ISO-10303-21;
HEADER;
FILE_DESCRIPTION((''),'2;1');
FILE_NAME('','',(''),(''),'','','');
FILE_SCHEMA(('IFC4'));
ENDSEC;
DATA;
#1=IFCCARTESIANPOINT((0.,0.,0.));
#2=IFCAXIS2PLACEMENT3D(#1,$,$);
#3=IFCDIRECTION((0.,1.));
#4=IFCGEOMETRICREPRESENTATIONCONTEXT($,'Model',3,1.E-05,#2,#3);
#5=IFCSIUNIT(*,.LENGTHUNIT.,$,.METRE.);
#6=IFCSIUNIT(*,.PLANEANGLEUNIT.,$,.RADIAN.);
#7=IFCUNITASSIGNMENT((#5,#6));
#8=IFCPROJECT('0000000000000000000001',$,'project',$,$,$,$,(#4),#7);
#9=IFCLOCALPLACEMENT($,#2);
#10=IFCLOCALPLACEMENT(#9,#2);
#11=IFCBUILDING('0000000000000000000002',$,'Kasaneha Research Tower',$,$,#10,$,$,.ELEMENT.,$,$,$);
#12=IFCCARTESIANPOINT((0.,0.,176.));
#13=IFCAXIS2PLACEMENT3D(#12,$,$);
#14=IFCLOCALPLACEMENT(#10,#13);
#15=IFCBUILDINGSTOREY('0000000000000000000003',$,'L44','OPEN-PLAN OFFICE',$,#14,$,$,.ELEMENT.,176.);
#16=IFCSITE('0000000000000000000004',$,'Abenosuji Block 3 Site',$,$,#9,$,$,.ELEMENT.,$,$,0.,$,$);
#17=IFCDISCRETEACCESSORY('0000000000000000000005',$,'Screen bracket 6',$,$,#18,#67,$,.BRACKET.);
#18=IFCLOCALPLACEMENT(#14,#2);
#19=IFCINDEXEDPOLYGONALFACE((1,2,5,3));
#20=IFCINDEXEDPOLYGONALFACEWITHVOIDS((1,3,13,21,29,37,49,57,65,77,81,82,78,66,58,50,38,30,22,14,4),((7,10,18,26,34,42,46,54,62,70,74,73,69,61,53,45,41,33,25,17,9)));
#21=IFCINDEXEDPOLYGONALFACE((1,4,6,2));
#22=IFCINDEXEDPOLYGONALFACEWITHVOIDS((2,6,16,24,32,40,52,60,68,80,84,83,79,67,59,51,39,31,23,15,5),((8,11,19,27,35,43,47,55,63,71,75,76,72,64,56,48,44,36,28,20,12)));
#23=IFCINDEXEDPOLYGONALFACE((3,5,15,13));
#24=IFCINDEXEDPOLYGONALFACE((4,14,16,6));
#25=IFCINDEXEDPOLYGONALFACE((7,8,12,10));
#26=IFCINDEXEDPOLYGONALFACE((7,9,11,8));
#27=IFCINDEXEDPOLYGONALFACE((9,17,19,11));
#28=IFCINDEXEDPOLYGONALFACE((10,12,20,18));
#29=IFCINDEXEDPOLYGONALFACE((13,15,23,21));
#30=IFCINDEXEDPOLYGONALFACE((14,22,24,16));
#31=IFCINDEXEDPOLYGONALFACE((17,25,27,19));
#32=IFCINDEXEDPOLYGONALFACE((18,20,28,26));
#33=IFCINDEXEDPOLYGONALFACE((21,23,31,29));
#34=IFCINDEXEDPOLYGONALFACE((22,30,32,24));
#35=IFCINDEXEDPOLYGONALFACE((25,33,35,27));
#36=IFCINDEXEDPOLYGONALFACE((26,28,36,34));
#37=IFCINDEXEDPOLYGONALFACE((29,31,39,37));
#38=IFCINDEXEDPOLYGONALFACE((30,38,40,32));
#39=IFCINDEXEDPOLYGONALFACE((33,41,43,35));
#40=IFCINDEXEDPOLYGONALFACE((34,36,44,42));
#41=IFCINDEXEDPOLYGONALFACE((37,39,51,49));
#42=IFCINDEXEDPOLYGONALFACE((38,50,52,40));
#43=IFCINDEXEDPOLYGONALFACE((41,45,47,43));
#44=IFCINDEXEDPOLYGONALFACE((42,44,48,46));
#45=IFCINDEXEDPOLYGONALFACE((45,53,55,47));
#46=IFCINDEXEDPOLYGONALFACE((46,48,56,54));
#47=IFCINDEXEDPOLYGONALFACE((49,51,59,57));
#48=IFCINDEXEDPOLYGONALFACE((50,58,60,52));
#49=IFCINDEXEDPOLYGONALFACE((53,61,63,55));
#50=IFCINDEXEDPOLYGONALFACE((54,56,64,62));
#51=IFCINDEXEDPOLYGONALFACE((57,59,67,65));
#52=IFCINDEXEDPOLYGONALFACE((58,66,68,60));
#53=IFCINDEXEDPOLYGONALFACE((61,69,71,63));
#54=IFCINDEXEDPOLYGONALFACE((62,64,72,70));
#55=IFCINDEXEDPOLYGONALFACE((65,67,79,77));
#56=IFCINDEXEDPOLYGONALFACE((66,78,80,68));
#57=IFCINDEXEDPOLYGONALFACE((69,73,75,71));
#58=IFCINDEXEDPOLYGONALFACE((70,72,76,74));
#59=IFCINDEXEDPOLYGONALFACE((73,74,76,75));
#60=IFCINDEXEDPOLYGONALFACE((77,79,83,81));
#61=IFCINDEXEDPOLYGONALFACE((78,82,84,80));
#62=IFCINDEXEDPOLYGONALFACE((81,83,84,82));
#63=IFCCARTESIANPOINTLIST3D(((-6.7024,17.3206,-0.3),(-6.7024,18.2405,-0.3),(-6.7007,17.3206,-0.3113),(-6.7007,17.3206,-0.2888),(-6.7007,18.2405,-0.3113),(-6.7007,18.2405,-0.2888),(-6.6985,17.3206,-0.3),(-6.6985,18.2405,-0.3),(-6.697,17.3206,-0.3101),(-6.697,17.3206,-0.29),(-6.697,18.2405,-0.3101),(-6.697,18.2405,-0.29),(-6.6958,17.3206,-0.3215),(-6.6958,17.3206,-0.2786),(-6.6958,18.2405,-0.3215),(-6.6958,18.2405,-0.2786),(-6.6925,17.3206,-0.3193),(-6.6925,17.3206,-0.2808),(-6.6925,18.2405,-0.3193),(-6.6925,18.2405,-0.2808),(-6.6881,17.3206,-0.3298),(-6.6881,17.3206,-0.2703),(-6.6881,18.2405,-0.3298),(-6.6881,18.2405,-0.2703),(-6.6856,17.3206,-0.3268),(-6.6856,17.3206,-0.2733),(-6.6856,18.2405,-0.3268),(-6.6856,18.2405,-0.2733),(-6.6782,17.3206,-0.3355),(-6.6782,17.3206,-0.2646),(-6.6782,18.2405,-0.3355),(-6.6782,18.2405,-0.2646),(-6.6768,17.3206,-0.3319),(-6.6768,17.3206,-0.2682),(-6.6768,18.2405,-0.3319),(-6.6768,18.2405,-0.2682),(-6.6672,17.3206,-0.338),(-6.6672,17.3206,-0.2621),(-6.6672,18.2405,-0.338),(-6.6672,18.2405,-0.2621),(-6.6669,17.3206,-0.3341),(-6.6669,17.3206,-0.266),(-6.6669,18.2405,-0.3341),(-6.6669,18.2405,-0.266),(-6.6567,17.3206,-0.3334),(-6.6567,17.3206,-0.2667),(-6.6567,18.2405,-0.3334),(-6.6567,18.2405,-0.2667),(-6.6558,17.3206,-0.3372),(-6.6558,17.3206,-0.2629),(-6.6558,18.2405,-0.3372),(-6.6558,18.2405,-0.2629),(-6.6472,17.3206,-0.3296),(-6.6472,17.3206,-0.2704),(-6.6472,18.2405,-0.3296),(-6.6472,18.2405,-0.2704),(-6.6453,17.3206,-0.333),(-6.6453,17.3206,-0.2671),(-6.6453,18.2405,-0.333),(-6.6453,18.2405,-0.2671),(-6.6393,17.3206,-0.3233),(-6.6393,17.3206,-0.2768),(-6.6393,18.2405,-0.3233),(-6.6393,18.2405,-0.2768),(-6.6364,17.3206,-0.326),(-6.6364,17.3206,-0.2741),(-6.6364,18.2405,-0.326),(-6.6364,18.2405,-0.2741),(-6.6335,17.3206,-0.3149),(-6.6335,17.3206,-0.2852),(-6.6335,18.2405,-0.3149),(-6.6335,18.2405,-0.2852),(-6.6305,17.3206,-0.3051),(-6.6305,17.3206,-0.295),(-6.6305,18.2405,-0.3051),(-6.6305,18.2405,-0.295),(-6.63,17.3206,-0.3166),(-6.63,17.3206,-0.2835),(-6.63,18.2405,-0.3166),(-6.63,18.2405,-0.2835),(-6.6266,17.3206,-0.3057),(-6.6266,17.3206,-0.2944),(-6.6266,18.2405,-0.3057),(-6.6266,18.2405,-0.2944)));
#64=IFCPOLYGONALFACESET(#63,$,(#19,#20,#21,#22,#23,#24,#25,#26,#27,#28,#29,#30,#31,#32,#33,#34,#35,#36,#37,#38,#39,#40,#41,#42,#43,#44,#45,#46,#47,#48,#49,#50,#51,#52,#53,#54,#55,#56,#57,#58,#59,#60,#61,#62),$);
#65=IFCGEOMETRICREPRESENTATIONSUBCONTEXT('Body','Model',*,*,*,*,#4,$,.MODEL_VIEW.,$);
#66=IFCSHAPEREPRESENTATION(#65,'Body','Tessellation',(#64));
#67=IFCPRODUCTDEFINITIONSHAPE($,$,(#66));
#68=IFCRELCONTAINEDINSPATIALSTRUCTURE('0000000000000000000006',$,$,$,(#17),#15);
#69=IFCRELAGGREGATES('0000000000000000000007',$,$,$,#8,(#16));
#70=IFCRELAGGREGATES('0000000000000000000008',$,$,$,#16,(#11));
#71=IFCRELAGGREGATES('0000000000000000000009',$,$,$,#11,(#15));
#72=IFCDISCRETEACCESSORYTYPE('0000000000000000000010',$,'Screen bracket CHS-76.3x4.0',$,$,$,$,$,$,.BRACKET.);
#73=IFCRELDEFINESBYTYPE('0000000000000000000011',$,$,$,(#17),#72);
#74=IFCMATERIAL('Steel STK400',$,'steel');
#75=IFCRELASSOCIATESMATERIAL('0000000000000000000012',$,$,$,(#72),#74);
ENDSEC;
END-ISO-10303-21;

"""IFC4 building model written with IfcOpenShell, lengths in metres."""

from ifc_helpers import new_model, si_unit, direction, frame, origin, origin_2d, place, context, subcontext, project, spatial, hollow_circle, extrude, material, material_profile, profile_set, type_object, element, save


model = new_model("IFC4")

# Units and contexts
model_context = context("Model", 3, precision=1e-05, world=origin(), true_north=direction((0.0, 1.0)))
body_context = subcontext(model_context, "Body", "Model", "MODEL_VIEW")
ifc_project = project(units=[si_unit("LENGTHUNIT", "METRE"), si_unit("PLANEANGLEUNIT", "RADIAN")], contexts=[model_context])

# Site, building, storey
site_placement = place(None, origin())
site = spatial("IfcSite", under=ifc_project, at=site_placement, Name="Abenosuji Block 3 Site", CompositionType="ELEMENT", RefElevation=0.0)
building_placement = place(site_placement, origin())
building = spatial("IfcBuilding", under=site, at=building_placement, Name="Kasaneha Research Tower", CompositionType="ELEMENT")
storey_placement = place(building_placement, frame((0.0, 0.0, 176.0)))
storey = spatial("IfcBuildingStorey", under=building, at=storey_placement, Name="L44", Description="OPEN-PLAN OFFICE", CompositionType="ELEMENT", Elevation=176.0)

# Discrete accessory
ifc_material_1 = material(Name="Steel STK400", Category="steel")
ifc_material_profile_1 = material_profile(ifc_material_1, hollow_circle(Radius=0.0381, WallThickness=0.0039, at=origin_2d()), Name="CHS-76.3x4.0")
ifc_profile_set_1 = profile_set([ifc_material_profile_1], Name="Steel STK400")
discrete_accessory_type = type_object("IfcDiscreteAccessoryType", Name="Screen bracket CHS-76.3x4.0", PredefinedType="BRACKET", material=ifc_profile_set_1)
for number, where, z_axis, x_axis, name in (
    (1, (-6.6643, 17.3206, -0.3), (0.0, 1.0, 0.0), (-1.0, 0.0, 0.0), "Screen bracket 6"),
):
    element("IfcDiscreteAccessory", number, at=place(storey_placement, frame(where, z_axis=z_axis, x_axis=x_axis)), inside=storey, type_object=discrete_accessory_type, Name=name, PredefinedType="BRACKET", context=body_context, shape_type="SweptSolid", body=[
        extrude(hollow_circle(Radius=0.0381, WallThickness=0.0039, at=origin_2d()), origin(), (0.0, 0.0, 1.0), 0.9199),
    ])

save(model, "model.ifc")
